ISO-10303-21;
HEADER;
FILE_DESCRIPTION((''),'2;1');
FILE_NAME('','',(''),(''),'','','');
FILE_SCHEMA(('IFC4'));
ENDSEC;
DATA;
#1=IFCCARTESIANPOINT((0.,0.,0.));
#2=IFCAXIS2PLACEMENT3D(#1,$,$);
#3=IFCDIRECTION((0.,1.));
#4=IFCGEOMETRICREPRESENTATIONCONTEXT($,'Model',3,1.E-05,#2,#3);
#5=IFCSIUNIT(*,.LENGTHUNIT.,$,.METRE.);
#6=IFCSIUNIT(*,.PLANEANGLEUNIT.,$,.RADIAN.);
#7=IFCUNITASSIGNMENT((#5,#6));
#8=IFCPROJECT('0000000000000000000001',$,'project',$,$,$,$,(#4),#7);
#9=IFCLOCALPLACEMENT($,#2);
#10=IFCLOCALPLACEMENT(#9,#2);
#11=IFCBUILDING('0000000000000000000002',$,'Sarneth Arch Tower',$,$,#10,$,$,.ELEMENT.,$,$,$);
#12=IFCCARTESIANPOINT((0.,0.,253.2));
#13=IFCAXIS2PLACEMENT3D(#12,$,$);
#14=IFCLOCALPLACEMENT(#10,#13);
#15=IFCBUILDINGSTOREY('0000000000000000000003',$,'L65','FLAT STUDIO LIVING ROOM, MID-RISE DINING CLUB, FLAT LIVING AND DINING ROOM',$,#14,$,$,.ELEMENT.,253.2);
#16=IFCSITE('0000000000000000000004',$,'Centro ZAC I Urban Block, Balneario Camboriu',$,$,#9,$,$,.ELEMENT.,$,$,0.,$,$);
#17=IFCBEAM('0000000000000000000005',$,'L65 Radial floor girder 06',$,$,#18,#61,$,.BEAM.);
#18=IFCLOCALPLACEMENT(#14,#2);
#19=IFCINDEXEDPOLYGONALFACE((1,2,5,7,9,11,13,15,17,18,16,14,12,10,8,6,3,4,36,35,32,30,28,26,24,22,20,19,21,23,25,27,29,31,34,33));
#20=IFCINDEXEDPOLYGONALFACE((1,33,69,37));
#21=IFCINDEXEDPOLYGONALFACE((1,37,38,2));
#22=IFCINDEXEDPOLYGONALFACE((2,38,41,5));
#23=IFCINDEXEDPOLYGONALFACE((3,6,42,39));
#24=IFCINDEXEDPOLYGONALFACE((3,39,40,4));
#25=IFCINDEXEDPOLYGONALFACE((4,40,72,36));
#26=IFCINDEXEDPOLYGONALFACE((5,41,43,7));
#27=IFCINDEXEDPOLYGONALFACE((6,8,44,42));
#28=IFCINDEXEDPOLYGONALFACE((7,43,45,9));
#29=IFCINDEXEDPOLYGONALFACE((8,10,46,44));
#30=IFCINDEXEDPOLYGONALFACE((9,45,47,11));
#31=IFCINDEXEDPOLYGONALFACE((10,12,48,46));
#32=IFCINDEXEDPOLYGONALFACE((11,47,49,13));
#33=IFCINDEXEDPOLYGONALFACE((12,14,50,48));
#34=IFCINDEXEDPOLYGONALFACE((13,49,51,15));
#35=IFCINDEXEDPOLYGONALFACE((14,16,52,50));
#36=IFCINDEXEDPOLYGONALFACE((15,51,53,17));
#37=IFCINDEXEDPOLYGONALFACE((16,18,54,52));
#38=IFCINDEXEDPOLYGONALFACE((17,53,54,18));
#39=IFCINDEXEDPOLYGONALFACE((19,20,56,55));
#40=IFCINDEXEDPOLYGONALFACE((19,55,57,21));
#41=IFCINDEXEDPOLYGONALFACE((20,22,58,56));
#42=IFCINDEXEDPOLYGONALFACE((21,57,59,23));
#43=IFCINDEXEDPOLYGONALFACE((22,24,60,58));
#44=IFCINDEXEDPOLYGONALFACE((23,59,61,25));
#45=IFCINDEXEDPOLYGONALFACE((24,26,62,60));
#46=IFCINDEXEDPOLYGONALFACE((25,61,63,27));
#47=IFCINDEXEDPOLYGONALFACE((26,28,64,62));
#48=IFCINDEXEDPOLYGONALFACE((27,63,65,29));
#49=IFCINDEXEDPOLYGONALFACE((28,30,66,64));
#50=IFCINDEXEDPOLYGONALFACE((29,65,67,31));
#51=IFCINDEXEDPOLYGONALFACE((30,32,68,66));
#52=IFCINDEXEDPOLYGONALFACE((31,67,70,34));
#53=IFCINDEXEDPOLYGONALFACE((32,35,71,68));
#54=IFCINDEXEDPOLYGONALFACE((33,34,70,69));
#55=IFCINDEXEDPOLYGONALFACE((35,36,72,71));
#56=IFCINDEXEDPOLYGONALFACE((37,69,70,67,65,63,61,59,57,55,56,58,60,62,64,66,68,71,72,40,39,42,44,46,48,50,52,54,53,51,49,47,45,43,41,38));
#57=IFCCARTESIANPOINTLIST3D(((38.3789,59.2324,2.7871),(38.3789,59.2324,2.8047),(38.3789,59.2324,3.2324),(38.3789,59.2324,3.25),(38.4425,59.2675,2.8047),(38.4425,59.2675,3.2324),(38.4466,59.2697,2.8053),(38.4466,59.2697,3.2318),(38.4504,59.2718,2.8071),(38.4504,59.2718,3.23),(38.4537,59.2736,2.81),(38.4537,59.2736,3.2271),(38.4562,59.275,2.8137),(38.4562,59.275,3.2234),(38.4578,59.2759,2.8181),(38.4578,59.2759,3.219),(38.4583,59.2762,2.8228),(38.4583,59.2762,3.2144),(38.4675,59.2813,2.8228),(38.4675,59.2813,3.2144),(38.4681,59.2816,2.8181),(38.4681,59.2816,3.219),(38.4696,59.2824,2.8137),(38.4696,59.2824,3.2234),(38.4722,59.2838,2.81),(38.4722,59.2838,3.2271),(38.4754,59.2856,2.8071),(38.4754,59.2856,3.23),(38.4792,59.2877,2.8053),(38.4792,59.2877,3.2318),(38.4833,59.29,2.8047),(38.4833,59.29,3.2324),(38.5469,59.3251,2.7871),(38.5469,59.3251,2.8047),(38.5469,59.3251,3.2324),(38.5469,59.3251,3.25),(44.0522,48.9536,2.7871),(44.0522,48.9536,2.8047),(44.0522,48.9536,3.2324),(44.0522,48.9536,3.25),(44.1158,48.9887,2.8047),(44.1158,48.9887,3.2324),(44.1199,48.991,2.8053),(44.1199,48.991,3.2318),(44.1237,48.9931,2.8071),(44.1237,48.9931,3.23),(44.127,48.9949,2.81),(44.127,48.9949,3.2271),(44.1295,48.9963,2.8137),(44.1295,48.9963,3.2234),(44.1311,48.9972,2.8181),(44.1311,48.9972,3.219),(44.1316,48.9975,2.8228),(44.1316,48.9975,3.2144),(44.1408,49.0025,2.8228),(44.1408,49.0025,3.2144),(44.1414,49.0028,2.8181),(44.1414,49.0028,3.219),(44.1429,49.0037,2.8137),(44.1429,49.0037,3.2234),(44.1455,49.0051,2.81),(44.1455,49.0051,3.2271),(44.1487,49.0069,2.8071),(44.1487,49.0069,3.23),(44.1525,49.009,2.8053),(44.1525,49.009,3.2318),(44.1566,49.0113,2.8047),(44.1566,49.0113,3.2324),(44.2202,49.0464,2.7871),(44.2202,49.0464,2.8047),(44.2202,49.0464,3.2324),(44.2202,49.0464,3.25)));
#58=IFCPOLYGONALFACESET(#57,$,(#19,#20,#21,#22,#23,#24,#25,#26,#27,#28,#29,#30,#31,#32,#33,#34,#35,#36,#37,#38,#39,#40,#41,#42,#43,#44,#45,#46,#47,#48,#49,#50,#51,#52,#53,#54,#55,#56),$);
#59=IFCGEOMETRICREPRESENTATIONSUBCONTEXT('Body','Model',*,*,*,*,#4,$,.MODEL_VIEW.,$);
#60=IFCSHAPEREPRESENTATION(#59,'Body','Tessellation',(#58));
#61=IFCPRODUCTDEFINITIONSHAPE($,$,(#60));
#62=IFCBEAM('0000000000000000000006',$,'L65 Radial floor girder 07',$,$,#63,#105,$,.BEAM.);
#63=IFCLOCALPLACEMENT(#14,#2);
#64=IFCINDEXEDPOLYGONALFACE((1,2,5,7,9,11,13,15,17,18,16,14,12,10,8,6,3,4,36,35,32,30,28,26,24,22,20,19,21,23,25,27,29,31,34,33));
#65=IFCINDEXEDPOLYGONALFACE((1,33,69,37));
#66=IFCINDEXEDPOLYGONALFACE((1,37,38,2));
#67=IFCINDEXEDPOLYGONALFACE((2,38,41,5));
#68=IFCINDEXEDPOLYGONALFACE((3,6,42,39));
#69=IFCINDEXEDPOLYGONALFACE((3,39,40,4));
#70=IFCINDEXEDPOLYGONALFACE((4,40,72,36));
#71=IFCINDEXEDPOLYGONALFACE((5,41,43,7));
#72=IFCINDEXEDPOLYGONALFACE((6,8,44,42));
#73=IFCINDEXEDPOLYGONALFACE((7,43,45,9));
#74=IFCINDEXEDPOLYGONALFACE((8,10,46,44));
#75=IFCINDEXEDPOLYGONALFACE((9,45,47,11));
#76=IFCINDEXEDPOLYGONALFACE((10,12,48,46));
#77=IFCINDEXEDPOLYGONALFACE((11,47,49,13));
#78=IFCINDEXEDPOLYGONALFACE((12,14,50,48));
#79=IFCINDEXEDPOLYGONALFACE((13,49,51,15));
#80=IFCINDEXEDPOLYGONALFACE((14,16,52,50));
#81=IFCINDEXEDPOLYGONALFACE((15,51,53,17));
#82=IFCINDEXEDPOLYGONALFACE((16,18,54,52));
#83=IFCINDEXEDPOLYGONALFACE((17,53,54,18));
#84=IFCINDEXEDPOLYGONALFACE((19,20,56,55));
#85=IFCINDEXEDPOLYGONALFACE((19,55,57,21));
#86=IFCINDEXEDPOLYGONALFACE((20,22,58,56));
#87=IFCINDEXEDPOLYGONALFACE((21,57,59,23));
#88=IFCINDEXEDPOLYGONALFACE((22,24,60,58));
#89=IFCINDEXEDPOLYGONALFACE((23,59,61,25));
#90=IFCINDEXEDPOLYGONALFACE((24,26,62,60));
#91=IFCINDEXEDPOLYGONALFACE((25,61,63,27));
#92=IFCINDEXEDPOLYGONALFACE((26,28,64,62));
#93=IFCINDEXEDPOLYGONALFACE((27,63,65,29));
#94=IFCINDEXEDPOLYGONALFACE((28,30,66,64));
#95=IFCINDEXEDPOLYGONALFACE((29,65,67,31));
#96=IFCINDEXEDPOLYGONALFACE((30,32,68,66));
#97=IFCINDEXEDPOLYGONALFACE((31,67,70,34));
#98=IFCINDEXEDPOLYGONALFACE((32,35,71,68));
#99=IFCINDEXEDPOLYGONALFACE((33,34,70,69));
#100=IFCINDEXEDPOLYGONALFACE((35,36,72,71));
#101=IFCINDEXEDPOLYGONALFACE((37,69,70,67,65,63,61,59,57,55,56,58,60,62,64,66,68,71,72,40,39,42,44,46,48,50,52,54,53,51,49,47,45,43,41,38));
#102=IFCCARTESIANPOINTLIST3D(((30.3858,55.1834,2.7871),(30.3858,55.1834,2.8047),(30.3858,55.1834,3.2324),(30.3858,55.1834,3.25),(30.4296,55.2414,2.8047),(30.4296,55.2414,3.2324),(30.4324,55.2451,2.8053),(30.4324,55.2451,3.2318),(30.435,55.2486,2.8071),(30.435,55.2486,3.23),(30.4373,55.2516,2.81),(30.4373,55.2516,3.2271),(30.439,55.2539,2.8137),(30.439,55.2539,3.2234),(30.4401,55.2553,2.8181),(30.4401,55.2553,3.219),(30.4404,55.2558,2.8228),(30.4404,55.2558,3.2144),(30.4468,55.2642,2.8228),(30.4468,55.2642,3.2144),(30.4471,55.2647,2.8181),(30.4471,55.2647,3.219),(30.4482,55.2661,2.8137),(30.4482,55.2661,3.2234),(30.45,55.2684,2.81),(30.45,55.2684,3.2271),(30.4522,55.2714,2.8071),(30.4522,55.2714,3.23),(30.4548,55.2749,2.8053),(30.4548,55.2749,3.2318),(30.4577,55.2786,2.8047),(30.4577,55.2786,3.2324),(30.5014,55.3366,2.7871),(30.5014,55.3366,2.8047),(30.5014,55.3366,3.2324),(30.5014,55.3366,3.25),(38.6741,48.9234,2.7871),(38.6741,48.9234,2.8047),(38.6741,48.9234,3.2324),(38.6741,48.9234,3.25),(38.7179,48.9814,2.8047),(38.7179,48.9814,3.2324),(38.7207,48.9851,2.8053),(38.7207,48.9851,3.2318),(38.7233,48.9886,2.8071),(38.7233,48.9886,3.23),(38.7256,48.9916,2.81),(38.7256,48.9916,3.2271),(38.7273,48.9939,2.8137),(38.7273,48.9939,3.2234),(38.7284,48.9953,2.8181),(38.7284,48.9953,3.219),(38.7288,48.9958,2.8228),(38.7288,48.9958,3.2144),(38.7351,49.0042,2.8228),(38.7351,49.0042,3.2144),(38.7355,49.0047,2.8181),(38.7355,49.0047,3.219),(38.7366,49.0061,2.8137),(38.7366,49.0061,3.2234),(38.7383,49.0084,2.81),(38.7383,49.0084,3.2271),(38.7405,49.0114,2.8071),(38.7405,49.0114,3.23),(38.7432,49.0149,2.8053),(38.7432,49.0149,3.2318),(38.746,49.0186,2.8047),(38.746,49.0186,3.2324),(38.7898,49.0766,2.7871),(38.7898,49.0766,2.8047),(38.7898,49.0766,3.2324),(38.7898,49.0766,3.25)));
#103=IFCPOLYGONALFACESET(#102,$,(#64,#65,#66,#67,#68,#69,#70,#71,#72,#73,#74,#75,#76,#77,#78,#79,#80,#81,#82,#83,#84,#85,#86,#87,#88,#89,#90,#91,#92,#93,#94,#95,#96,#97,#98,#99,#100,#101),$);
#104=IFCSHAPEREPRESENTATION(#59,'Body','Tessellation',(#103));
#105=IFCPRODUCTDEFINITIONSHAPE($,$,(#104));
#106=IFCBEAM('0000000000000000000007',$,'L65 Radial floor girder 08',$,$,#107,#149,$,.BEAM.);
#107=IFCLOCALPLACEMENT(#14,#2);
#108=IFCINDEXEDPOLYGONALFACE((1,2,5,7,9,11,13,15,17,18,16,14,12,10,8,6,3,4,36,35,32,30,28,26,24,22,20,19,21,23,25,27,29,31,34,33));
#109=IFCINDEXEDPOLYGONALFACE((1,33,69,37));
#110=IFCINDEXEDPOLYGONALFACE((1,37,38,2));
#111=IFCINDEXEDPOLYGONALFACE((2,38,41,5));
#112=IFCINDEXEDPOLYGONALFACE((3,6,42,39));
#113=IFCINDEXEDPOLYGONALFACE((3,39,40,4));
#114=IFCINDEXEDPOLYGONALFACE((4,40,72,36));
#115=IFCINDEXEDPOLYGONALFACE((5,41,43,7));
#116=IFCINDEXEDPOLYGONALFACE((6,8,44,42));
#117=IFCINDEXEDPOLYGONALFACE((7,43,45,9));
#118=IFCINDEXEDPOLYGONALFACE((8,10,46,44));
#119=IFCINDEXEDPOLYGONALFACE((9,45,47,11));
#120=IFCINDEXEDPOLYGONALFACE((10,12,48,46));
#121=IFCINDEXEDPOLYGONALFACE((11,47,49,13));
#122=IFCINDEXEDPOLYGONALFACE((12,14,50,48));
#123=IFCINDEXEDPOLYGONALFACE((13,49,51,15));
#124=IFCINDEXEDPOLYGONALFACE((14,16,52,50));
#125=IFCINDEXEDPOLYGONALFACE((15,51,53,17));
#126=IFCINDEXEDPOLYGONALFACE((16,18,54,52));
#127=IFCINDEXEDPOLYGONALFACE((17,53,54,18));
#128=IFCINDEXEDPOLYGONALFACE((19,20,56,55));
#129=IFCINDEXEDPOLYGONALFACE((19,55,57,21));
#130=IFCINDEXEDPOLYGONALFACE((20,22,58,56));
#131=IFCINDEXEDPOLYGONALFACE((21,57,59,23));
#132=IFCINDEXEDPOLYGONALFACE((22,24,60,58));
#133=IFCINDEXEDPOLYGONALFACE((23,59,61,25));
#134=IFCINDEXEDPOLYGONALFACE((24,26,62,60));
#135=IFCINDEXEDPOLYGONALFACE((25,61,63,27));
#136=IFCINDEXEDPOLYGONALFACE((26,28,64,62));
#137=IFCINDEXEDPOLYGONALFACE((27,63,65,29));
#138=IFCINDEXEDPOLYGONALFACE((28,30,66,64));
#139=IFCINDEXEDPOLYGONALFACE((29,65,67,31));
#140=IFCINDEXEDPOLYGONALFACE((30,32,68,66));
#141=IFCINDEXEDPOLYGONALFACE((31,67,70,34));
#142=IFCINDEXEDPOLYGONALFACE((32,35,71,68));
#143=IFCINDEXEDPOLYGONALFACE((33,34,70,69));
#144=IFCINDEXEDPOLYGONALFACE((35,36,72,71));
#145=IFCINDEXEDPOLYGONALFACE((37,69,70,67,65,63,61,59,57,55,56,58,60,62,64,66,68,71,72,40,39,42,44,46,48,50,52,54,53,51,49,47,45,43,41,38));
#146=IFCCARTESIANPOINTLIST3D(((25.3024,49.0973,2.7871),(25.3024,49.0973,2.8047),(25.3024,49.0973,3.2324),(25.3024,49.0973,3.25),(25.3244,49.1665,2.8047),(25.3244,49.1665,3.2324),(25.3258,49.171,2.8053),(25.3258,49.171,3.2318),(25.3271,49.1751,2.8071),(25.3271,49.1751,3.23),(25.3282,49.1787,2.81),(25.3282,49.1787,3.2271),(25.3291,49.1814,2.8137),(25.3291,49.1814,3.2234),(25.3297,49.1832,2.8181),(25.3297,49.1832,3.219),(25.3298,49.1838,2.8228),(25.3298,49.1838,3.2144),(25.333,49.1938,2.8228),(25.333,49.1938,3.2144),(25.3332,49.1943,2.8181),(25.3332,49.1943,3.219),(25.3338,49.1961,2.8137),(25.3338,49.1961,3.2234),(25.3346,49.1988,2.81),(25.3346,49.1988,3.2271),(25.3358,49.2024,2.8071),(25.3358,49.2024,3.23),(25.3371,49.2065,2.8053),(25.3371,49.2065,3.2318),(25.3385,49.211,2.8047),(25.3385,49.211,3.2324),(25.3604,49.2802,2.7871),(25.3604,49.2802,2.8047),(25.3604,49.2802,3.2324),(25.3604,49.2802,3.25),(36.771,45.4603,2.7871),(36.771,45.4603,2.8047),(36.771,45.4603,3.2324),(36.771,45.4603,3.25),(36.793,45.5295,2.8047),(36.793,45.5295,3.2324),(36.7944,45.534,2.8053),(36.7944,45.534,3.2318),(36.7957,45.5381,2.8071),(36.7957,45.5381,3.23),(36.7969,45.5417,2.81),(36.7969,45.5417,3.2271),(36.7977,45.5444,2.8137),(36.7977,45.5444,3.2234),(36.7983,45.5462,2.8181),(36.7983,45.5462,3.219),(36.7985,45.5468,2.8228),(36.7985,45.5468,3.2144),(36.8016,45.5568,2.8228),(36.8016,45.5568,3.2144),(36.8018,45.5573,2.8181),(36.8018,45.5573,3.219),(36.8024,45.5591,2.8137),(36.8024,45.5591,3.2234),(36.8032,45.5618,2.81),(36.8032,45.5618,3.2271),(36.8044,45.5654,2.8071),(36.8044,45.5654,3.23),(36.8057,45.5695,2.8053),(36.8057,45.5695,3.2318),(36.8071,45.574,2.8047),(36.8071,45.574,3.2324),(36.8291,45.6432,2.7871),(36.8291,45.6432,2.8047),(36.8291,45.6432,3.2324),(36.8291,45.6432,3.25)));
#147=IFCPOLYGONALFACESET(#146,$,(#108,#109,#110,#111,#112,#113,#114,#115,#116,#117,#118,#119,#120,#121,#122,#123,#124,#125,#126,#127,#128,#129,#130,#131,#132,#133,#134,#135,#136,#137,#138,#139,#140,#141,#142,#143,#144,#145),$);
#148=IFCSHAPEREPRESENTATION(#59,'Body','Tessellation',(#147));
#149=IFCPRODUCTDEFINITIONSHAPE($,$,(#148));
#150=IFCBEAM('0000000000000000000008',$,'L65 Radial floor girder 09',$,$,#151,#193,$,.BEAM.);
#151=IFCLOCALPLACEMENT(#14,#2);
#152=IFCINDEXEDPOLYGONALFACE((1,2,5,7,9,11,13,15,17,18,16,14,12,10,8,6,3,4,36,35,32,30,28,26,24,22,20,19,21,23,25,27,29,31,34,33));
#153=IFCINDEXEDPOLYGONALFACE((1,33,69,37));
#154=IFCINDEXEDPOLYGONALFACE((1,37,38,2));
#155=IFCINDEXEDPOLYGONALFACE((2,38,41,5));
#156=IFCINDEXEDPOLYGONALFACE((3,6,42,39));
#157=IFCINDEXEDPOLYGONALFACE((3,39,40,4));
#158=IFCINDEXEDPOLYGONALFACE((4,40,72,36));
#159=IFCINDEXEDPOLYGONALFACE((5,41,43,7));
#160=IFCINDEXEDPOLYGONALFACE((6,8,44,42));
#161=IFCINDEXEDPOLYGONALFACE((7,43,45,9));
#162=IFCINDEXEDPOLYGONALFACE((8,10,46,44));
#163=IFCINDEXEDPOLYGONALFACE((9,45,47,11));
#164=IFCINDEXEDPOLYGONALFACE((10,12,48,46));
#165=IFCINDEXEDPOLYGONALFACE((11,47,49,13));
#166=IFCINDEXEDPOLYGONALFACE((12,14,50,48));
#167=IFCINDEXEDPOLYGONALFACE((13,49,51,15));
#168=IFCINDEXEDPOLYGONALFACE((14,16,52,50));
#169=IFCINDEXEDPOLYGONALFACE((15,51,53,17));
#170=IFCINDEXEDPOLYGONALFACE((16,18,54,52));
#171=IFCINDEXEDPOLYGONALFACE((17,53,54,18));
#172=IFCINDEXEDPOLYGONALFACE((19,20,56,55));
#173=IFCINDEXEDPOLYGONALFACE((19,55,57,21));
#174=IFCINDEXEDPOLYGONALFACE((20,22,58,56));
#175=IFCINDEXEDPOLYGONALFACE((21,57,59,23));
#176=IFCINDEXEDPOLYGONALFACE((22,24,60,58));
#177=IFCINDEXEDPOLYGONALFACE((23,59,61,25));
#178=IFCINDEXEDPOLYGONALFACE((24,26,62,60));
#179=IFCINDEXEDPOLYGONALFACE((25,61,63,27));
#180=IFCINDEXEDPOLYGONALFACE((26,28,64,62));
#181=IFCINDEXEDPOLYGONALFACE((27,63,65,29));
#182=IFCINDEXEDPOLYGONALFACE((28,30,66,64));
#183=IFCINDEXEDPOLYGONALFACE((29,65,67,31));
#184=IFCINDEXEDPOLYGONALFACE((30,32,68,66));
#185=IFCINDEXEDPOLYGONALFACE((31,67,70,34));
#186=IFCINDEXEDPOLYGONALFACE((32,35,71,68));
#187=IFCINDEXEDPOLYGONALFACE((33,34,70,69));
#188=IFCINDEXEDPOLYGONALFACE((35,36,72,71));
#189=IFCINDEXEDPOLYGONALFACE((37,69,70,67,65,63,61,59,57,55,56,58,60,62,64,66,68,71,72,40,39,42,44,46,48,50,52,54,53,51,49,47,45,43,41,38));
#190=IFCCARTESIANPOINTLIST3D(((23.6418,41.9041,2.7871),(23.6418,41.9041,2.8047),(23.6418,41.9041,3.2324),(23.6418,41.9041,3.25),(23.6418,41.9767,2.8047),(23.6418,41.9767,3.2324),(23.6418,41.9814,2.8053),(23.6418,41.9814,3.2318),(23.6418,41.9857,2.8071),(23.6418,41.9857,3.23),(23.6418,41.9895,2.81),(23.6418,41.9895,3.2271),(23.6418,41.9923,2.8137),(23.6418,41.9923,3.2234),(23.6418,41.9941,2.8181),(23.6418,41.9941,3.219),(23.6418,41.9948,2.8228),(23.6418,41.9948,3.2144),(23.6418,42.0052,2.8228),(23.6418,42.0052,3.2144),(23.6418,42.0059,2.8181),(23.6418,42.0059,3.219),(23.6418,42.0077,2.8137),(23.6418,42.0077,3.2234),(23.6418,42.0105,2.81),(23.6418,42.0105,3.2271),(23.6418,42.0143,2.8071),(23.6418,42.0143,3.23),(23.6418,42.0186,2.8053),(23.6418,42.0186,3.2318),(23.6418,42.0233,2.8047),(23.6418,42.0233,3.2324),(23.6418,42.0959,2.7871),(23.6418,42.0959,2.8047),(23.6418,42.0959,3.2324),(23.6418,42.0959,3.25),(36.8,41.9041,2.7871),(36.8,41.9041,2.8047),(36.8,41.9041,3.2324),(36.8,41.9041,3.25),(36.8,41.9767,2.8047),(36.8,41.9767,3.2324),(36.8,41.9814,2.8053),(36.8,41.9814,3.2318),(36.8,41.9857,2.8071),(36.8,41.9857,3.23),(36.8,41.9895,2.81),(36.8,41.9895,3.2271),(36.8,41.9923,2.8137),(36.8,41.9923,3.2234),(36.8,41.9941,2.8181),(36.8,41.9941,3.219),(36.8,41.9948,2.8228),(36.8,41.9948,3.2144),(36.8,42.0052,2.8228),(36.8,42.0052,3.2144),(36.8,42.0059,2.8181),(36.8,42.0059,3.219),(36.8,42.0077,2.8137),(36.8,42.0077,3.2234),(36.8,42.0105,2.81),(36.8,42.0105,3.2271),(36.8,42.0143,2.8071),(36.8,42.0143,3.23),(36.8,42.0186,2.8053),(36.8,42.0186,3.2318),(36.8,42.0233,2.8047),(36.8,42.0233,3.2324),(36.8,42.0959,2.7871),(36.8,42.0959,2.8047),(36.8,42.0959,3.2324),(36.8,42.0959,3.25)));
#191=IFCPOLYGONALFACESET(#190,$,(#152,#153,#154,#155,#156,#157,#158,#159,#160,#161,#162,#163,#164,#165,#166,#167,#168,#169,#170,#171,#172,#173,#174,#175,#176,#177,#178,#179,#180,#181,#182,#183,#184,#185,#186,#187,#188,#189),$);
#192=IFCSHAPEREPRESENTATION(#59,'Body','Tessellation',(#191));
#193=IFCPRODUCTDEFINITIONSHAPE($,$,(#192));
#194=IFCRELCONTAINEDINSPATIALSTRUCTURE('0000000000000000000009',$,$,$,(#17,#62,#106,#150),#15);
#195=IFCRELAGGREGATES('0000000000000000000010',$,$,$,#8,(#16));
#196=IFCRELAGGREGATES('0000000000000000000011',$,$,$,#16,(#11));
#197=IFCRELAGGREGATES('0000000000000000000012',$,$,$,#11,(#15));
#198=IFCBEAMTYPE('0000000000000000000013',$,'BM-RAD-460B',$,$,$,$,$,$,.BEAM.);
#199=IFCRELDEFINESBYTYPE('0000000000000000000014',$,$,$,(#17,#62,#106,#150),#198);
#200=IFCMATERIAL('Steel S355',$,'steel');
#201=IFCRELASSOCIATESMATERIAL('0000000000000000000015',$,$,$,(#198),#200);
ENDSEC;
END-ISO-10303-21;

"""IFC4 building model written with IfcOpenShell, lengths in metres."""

from ifc_helpers import new_model, si_unit, direction, frame, origin, origin_2d, place, context, subcontext, project, spatial, i_section, extrude, material, material_profile, profile_set, type_object, element, save


model = new_model("IFC4")

# Units and contexts
model_context = context("Model", 3, precision=1e-05, world=origin(), true_north=direction((0.0, 1.0)))
body_context = subcontext(model_context, "Body", "Model", "MODEL_VIEW")
ifc_project = project(units=[si_unit("LENGTHUNIT", "METRE"), si_unit("PLANEANGLEUNIT", "RADIAN")], contexts=[model_context])

# Site, building, storey
site_placement = place(None, origin())
site = spatial("IfcSite", under=ifc_project, at=site_placement, Name="Centro ZAC I Urban Block, Balneario Camboriu", CompositionType="ELEMENT", RefElevation=0.0)
building_placement = place(site_placement, origin())
building = spatial("IfcBuilding", under=site, at=building_placement, Name="Sarneth Arch Tower", CompositionType="ELEMENT")
storey_placement = place(building_placement, frame((0.0, 0.0, 253.2)))
storey = spatial("IfcBuildingStorey", under=building, at=storey_placement, Name="L65", Description="FLAT STUDIO LIVING ROOM, MID-RISE DINING CLUB, FLAT LIVING AND DINING ROOM", CompositionType="ELEMENT", Elevation=253.2)

# Beams
ifc_material_1 = material(Name="Steel S355", Category="steel")
ifc_material_profile = material_profile(ifc_material_1, i_section(OverallWidth=0.1919, OverallDepth=0.4629, WebThickness=0.0105, FlangeThickness=0.0176, FilletRadius=0.0181, at=origin_2d()), Name="W460x89")
ifc_profile_set = profile_set([ifc_material_profile], Name="Steel S355")
beam_type = type_object("IfcBeamType", Name="BM-RAD-460B", PredefinedType="BEAM", material=ifc_profile_set)
beam_1_placement = place(storey_placement, frame((44.1362, 49.0, 3.0186), z_axis=(-0.483226, 0.875496, 0.0), x_axis=(-0.875496, -0.483226, 0.0)))
element("IfcBeam", 1, at=beam_1_placement, inside=storey, type_object=beam_type, Name="L65 Radial floor girder 06", PredefinedType="BEAM", context=body_context, shape_type="SweptSolid", body=[
    extrude(i_section(OverallWidth=0.1919, OverallDepth=0.4629, WebThickness=0.0105, FlangeThickness=0.0176, FilletRadius=0.0181, at=origin_2d()), origin(), (0.0, 0.0, 1.0), 11.7405),
])
beam_2_placement = place(storey_placement, frame((38.7319, 49.0, 3.0186), z_axis=(-0.797973, 0.602693, 0.0), x_axis=(-0.602693, -0.797973, 0.0)))
element("IfcBeam", 2, at=beam_2_placement, inside=storey, type_object=beam_type, Name="L65 Radial floor girder 07", PredefinedType="BEAM", context=body_context, shape_type="SweptSolid", body=[
    extrude(i_section(OverallWidth=0.1919, OverallDepth=0.4629, WebThickness=0.0105, FlangeThickness=0.0176, FilletRadius=0.0181, at=origin_2d()), origin(), (0.0, 0.0, 1.0), 10.3867),
])
beam_3_placement = place(storey_placement, frame((36.8, 45.5518, 3.0186), z_axis=(-0.953216, 0.30229, 0.0), x_axis=(-0.30229, -0.953216, 0.0)))
element("IfcBeam", 3, at=beam_3_placement, inside=storey, type_object=beam_type, Name="L65 Radial floor girder 08", PredefinedType="BEAM", context=body_context, shape_type="SweptSolid", body=[
    extrude(i_section(OverallWidth=0.1919, OverallDepth=0.4629, WebThickness=0.0105, FlangeThickness=0.0176, FilletRadius=0.0181, at=origin_2d()), origin(), (0.0, 0.0, 1.0), 12.0315),
])
beam_4_placement = place(storey_placement, frame((36.8, 42.0, 3.0186), z_axis=(-1.0, 0.0, 0.0), x_axis=(0.0, -1.0, 0.0)))
element("IfcBeam", 4, at=beam_4_placement, inside=storey, type_object=beam_type, Name="L65 Radial floor girder 09", PredefinedType="BEAM", context=body_context, shape_type="SweptSolid", body=[
    extrude(i_section(OverallWidth=0.1919, OverallDepth=0.4629, WebThickness=0.0105, FlangeThickness=0.0176, FilletRadius=0.0181, at=origin_2d()), origin(), (0.0, 0.0, 1.0), 13.1582),
])

save(model, "model.ifc")
